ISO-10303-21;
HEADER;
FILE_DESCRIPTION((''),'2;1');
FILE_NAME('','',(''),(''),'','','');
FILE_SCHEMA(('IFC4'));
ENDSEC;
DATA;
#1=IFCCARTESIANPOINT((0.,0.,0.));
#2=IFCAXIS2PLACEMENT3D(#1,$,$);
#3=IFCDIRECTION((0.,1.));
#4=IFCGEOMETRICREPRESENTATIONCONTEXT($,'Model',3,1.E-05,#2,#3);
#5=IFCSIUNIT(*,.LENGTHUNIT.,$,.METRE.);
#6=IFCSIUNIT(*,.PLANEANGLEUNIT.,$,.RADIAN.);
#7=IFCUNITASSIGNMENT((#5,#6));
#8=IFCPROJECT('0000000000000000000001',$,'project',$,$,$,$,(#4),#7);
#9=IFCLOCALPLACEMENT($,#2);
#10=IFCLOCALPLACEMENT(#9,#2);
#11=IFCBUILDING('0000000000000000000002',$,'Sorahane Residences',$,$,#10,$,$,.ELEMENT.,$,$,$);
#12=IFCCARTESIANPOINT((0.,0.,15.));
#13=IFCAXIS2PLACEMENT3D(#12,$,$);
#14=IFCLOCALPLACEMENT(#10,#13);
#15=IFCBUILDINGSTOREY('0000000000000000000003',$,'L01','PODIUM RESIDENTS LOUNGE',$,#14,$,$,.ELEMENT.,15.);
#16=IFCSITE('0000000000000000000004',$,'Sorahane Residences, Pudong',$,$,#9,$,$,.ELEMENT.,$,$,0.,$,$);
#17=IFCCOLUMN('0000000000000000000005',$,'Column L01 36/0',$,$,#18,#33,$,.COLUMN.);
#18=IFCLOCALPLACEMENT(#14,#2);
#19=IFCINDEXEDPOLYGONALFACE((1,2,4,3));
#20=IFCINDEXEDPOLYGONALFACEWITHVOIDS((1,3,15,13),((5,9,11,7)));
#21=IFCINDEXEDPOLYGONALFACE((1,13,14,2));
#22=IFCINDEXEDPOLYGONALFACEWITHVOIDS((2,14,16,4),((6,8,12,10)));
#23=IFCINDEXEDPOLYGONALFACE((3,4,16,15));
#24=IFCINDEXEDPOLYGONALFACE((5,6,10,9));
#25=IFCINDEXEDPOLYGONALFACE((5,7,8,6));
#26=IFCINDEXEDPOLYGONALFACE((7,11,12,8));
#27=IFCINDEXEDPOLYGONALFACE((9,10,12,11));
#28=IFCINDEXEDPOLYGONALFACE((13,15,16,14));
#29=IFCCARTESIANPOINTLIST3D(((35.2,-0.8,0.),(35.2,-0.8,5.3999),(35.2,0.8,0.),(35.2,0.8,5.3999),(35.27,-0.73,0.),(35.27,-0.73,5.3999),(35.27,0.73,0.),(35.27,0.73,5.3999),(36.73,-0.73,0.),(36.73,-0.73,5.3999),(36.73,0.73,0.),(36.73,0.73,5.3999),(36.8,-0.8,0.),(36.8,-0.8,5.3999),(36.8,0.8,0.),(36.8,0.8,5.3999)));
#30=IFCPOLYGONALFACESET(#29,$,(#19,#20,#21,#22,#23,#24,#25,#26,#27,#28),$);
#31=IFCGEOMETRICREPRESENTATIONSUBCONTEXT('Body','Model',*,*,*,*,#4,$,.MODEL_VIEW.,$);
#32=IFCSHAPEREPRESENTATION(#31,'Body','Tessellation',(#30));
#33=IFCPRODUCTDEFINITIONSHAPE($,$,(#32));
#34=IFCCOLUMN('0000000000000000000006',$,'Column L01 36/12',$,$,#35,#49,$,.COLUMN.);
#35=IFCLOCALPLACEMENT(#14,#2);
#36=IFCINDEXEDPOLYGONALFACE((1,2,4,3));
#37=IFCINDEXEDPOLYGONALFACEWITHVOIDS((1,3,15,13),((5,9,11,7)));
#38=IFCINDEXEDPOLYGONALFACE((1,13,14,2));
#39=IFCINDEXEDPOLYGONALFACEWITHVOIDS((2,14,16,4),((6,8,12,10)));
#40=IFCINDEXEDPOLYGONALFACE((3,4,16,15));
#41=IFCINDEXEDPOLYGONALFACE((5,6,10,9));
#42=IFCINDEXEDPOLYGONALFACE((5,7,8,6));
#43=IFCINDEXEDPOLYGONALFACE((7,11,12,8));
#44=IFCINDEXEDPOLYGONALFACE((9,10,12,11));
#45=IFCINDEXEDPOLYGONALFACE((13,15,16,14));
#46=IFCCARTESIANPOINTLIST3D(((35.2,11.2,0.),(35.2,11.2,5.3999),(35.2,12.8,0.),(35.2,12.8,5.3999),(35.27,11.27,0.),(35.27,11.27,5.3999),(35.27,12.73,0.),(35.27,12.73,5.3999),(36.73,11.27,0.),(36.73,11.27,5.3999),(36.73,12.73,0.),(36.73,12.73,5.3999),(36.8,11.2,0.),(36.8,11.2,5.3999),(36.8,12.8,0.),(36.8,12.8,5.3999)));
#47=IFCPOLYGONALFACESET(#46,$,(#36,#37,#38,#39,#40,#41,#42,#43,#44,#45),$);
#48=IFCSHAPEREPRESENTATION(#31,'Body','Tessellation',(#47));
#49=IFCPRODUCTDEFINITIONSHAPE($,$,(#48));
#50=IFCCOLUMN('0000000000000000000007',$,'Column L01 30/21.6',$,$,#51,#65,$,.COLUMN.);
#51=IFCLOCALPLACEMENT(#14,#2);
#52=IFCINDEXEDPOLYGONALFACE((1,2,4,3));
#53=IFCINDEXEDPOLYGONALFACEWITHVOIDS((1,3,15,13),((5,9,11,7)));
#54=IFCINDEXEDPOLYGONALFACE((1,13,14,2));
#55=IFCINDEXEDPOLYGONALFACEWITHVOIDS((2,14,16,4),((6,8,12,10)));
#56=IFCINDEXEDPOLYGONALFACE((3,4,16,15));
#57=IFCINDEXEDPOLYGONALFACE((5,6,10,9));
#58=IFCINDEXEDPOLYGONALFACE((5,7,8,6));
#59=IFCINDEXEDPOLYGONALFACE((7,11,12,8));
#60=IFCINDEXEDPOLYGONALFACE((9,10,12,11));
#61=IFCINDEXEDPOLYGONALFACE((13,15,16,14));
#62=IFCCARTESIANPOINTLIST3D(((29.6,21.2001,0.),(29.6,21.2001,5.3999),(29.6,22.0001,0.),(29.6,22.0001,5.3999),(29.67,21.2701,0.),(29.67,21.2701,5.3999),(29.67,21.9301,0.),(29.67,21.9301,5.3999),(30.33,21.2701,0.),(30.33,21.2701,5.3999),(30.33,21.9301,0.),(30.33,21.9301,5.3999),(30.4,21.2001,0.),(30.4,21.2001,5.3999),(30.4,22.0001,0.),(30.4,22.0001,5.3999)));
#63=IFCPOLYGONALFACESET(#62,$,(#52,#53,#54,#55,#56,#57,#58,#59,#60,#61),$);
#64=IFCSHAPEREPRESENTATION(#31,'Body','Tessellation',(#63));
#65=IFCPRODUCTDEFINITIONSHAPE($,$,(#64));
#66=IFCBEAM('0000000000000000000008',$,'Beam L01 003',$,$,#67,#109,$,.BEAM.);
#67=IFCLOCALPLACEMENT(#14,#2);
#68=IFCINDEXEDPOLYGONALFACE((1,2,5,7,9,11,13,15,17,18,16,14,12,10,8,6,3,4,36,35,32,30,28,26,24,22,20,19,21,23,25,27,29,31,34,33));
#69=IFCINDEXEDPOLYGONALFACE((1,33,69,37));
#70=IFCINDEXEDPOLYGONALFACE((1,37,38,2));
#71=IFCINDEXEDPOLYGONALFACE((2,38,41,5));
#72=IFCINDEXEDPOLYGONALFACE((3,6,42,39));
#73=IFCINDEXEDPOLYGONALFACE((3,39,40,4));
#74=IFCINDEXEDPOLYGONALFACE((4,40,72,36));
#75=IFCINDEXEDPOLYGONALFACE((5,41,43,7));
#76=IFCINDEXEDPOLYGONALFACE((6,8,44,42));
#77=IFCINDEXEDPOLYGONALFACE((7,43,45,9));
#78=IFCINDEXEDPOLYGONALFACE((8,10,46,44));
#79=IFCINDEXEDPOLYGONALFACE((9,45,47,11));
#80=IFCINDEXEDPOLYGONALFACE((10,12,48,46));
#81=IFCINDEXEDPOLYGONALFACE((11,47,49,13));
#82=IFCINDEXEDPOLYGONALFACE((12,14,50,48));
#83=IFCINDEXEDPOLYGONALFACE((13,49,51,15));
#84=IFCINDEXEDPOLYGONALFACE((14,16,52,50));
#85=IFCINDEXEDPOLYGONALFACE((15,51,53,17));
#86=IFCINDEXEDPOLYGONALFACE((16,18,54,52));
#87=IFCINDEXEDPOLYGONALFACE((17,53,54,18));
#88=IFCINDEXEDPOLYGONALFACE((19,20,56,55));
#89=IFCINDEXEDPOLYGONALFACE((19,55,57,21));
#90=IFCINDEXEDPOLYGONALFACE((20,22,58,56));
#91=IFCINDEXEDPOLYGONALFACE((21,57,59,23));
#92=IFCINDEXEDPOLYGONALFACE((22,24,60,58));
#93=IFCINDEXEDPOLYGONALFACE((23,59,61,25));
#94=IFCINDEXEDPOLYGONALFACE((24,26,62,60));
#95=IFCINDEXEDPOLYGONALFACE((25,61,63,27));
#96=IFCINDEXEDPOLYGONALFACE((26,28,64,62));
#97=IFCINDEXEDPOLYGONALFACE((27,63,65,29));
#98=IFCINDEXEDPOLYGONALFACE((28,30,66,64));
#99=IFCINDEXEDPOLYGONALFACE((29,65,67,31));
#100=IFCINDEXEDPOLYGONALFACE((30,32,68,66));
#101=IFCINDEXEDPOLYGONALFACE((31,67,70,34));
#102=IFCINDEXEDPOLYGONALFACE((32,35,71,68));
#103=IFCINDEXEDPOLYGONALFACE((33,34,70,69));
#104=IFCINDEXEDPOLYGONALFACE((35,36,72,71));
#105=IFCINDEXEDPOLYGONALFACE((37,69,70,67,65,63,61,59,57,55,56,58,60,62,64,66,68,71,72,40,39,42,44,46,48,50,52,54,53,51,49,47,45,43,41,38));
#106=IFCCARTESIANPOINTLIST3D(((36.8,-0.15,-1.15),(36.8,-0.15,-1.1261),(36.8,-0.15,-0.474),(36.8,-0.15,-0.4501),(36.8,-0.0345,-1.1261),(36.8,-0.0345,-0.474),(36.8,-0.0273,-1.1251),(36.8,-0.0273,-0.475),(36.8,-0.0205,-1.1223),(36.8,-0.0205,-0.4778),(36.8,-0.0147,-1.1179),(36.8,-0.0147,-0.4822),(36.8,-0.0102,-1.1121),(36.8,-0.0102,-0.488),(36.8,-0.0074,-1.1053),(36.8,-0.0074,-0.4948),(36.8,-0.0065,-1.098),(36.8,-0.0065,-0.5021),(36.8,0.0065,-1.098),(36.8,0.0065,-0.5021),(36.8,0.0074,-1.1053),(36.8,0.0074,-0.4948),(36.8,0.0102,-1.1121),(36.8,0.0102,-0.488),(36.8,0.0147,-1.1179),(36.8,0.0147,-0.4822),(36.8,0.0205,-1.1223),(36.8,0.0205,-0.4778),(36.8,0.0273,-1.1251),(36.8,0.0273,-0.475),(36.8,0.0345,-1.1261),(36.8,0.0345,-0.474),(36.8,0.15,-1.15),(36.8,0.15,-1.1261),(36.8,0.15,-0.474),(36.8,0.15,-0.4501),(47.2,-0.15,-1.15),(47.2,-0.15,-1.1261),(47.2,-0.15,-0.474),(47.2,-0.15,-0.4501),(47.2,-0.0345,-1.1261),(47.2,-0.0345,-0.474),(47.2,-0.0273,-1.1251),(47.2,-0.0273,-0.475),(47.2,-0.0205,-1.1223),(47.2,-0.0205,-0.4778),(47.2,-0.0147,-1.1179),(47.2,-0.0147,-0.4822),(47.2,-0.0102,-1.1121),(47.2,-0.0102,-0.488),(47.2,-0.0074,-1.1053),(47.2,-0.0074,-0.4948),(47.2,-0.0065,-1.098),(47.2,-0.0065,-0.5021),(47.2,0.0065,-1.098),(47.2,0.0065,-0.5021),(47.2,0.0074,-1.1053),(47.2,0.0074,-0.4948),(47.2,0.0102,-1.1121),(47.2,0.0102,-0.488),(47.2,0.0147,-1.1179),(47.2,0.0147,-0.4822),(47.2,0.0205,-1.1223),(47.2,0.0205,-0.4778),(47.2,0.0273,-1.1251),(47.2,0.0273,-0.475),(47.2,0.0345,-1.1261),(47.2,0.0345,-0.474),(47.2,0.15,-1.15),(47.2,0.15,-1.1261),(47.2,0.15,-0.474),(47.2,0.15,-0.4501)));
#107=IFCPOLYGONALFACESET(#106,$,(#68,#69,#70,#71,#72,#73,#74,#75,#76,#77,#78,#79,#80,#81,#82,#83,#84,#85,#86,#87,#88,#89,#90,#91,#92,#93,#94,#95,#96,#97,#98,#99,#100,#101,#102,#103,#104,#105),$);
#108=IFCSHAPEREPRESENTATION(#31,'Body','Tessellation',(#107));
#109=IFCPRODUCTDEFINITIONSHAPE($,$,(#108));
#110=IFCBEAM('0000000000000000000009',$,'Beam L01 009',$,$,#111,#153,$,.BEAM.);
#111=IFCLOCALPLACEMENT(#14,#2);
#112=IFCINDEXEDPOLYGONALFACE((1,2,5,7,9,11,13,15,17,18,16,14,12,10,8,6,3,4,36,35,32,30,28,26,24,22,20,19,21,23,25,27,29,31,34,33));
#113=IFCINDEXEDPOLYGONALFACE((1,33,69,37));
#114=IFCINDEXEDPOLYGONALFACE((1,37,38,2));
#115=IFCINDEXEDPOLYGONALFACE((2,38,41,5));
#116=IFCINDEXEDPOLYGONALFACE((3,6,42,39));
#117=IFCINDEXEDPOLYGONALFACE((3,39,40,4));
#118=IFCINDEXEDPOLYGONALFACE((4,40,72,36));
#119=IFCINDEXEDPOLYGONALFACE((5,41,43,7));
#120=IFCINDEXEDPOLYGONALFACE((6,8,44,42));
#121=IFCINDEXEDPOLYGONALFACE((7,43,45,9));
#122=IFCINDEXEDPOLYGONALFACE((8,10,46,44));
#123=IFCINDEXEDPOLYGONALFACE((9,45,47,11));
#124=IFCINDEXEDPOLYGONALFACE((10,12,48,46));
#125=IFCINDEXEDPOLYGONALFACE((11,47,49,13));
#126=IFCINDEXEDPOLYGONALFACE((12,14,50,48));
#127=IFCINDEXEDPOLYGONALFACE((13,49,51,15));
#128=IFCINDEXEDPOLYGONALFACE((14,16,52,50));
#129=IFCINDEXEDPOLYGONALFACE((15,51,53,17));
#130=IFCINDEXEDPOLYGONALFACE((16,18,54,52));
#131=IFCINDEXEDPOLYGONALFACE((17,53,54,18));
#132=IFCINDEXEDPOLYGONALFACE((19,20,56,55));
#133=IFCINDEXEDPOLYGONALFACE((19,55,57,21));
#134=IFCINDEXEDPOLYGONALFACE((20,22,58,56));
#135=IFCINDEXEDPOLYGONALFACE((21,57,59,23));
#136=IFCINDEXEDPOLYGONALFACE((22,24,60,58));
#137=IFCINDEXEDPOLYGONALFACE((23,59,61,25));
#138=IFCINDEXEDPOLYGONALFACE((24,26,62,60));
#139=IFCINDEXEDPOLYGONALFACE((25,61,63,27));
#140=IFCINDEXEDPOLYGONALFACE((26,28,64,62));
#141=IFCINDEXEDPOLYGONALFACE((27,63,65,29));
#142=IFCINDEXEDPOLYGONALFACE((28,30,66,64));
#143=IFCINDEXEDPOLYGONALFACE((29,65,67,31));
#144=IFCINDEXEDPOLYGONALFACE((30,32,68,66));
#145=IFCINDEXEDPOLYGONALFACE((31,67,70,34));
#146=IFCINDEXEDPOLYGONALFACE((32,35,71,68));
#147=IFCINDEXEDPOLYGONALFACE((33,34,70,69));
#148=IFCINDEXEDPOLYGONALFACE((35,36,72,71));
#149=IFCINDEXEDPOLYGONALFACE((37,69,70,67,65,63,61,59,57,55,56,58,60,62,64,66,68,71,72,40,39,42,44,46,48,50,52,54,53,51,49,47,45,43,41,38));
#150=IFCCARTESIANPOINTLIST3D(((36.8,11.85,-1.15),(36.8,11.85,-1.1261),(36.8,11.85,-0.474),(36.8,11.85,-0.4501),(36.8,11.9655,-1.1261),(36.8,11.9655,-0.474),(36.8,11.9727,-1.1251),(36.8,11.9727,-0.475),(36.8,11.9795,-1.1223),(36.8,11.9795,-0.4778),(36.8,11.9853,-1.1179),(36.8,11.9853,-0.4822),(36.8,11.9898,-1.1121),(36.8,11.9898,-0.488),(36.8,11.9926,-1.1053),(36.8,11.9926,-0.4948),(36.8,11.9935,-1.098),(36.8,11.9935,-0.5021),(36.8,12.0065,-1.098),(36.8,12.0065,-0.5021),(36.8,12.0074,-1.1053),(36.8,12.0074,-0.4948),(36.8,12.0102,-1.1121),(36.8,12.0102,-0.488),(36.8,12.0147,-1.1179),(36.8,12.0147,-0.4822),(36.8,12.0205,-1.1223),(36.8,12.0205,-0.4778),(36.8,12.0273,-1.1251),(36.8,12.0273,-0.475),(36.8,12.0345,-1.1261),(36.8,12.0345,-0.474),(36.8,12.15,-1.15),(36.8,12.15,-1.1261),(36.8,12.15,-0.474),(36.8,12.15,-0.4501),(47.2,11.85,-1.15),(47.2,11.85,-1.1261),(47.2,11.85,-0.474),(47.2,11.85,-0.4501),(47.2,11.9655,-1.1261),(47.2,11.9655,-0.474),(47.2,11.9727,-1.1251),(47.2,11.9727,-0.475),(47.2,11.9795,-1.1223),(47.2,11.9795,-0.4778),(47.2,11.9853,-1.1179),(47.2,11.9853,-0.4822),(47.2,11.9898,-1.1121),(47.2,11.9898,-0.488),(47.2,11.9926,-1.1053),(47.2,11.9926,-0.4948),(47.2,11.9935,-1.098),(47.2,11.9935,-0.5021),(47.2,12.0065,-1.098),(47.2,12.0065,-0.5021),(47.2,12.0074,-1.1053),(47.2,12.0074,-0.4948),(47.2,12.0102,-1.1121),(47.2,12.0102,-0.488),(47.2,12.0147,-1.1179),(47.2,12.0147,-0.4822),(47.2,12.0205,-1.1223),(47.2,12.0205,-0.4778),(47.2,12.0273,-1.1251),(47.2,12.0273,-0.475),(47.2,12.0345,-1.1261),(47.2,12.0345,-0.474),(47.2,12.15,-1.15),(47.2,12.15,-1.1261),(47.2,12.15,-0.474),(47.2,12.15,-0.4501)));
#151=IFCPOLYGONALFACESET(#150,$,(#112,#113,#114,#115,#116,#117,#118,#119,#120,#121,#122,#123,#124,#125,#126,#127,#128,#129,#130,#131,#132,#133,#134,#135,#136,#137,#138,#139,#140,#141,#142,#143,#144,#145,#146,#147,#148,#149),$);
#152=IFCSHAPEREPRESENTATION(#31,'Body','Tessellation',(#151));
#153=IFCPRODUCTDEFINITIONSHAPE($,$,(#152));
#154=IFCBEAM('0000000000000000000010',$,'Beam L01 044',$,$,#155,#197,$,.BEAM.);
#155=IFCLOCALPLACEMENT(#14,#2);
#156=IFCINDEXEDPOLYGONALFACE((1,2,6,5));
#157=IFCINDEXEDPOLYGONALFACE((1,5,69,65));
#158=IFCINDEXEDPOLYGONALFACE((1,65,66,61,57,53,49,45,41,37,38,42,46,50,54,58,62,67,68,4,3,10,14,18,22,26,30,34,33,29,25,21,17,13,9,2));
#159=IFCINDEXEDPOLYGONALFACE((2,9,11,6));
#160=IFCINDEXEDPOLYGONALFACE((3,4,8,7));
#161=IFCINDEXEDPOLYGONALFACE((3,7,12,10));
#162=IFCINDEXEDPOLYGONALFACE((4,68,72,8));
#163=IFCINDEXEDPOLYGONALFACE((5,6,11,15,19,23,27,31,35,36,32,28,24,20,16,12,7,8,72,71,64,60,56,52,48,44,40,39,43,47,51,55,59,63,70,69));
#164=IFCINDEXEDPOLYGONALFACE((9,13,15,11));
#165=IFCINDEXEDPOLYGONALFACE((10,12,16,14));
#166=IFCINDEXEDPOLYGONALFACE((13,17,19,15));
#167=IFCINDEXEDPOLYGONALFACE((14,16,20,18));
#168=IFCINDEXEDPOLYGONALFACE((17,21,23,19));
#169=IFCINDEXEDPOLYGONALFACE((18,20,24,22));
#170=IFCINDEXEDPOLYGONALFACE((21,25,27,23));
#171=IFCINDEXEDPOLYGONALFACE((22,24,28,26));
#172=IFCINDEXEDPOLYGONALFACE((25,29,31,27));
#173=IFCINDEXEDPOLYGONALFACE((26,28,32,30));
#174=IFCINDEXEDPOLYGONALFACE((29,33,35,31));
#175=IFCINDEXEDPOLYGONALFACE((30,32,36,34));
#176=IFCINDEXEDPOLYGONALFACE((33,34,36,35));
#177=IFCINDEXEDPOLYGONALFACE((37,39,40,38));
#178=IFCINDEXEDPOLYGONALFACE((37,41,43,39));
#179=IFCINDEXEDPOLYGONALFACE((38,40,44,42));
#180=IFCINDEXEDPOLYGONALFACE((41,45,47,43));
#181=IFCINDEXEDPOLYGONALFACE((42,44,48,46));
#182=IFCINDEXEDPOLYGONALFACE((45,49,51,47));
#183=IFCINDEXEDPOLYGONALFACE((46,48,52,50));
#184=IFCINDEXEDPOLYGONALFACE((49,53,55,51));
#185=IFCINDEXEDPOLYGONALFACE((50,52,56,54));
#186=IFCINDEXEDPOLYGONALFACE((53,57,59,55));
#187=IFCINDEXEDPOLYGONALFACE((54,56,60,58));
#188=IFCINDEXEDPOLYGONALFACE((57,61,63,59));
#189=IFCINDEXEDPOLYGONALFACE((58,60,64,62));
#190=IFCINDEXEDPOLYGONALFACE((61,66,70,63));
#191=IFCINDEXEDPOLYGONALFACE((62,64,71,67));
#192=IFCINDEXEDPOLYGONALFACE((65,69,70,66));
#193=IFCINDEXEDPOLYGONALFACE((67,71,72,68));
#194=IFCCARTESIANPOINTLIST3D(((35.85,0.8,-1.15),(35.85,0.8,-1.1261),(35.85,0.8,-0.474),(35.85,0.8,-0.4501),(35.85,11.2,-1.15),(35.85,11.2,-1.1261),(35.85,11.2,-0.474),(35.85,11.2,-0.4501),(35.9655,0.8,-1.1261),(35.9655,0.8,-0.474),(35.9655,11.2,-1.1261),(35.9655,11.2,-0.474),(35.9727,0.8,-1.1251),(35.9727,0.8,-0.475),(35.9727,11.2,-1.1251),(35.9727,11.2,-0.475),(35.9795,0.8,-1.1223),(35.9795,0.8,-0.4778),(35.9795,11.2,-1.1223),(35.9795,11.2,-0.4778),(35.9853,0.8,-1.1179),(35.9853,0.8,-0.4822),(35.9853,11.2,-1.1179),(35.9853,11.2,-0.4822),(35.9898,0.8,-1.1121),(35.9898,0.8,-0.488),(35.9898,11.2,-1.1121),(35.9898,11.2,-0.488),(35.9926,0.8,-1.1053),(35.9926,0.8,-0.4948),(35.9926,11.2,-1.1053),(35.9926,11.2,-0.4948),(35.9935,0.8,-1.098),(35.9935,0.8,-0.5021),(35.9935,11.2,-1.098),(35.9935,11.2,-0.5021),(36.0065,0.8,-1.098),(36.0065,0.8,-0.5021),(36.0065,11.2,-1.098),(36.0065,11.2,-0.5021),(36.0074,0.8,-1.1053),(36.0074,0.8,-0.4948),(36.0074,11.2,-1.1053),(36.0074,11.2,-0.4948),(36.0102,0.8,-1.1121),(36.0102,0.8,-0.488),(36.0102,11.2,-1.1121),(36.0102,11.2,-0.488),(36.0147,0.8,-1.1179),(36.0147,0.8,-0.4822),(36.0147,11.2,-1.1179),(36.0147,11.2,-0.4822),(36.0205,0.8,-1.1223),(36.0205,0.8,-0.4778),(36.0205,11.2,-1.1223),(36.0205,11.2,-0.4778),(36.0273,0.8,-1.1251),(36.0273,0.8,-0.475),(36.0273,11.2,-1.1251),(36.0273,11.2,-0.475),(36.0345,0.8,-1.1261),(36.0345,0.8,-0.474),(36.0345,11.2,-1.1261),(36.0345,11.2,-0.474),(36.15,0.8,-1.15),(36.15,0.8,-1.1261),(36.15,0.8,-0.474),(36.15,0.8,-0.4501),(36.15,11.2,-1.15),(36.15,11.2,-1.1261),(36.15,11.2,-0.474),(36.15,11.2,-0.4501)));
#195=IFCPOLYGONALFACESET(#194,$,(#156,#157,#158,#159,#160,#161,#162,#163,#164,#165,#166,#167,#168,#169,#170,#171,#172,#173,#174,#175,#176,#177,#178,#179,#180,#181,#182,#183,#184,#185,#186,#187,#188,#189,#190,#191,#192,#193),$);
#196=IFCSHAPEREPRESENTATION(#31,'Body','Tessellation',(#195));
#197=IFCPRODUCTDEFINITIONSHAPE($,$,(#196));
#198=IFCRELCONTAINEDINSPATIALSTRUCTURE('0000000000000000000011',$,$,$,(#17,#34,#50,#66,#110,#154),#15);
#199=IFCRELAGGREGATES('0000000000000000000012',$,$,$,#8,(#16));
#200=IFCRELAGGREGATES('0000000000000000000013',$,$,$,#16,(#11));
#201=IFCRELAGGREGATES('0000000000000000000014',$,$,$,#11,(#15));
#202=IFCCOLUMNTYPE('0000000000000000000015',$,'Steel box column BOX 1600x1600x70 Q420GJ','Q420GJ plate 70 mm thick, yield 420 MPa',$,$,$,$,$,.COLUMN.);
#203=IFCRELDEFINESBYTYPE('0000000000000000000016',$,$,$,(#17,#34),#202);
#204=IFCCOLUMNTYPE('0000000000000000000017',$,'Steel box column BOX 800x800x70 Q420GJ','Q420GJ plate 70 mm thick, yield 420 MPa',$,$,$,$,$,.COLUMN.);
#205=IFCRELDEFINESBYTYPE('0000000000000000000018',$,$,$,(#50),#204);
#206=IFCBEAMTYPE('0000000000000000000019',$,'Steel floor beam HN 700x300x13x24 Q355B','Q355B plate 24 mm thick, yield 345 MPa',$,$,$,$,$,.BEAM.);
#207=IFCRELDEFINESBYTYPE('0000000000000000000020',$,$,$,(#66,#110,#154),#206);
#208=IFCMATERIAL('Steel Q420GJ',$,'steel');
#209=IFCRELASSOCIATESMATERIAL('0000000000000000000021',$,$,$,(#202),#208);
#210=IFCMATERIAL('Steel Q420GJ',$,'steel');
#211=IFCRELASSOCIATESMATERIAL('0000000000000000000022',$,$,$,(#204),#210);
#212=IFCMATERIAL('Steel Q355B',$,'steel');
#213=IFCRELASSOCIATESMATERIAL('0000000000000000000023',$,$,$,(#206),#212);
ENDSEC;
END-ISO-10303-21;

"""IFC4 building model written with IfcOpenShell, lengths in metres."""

from ifc_helpers import new_model, si_unit, direction, frame, origin, origin_2d, place, context, subcontext, project, spatial, hollow_rectangle, i_section, extrude, material, material_profile, profile_set, type_object, element, save


model = new_model("IFC4")

# Units and contexts
model_context = context("Model", 3, precision=1e-05, world=origin(), true_north=direction((0.0, 1.0)))
body_context = subcontext(model_context, "Body", "Model", "MODEL_VIEW")
ifc_project = project(units=[si_unit("LENGTHUNIT", "METRE"), si_unit("PLANEANGLEUNIT", "RADIAN")], contexts=[model_context])

# Site, building, storey
site_placement = place(None, origin())
site = spatial("IfcSite", under=ifc_project, at=site_placement, Name="Sorahane Residences, Pudong", CompositionType="ELEMENT", RefElevation=0.0)
building_placement = place(site_placement, origin())
building = spatial("IfcBuilding", under=site, at=building_placement, Name="Sorahane Residences", CompositionType="ELEMENT")
storey_placement = place(building_placement, frame((0.0, 0.0, 15.0)))
storey = spatial("IfcBuildingStorey", under=building, at=storey_placement, Name="L01", Description="PODIUM RESIDENTS LOUNGE", CompositionType="ELEMENT", Elevation=15.0)

# Columns
ifc_material_1 = material(Name="Steel Q420GJ", Category="steel")
ifc_material_profile_1 = material_profile(ifc_material_1, hollow_rectangle(XDim=1.6001, YDim=1.6001, WallThickness=0.0701, at=origin_2d()), Name="BOX 1600x1600x70")
ifc_profile_set_1 = profile_set([ifc_material_profile_1], Name="Steel Q420GJ")
column_type_1 = type_object("IfcColumnType", Name="Steel box column BOX 1600x1600x70 Q420GJ", Description="Q420GJ plate 70 mm thick, yield 420 MPa", PredefinedType="COLUMN", material=ifc_profile_set_1)
for number, where, z_axis, x_axis, name in (
    (1, (36.0, 0.0, 0.0), (0.0, 0.0, 1.0), (1.0, 0.0, 0.0), "Column L01 36/0"),
    (2, (36.0, 12.0, 0.0), (0.0, 0.0, 1.0), (1.0, 0.0, 0.0), "Column L01 36/12"),
):
    element("IfcColumn", number, at=place(storey_placement, frame(where, z_axis=z_axis, x_axis=x_axis)), inside=storey, type_object=column_type_1, Name=name, PredefinedType="COLUMN", context=body_context, shape_type="SweptSolid", body=[
        extrude(hollow_rectangle(XDim=1.6001, YDim=1.6001, WallThickness=0.0701, at=origin_2d()), origin(), (0.0, 0.0, 1.0), 5.3999),
    ])
ifc_material_2 = material(Name="Steel Q420GJ", Category="steel")
ifc_material_profile_2 = material_profile(ifc_material_2, hollow_rectangle(XDim=0.8, YDim=0.8, WallThickness=0.0701, at=origin_2d()), Name="BOX 800x800x70")
ifc_profile_set_2 = profile_set([ifc_material_profile_2], Name="Steel Q420GJ")
column_type_2 = type_object("IfcColumnType", Name="Steel box column BOX 800x800x70 Q420GJ", Description="Q420GJ plate 70 mm thick, yield 420 MPa", PredefinedType="COLUMN", material=ifc_profile_set_2)
column_placement = place(storey_placement, frame((30.0, 21.6001, 0.0), z_axis=(0.0, 0.0, 1.0), x_axis=(1.0, 0.0, 0.0)))
element("IfcColumn", 3, at=column_placement, inside=storey, type_object=column_type_2, Name="Column L01 30/21.6", PredefinedType="COLUMN", context=body_context, shape_type="SweptSolid", body=[
    extrude(hollow_rectangle(XDim=0.8, YDim=0.8, WallThickness=0.0701, at=origin_2d()), origin(), (0.0, 0.0, 1.0), 5.3999),
])

# Beams
ifc_material_3 = material(Name="Steel Q355B", Category="steel")
ifc_material_profile_3 = material_profile(ifc_material_3, i_section(OverallWidth=0.3, OverallDepth=0.7, WebThickness=0.0129, FlangeThickness=0.0239, FilletRadius=0.0281, at=origin_2d()), Name="HN 700x300x13x24")
ifc_profile_set_3 = profile_set([ifc_material_profile_3], Name="Steel Q355B")
beam_type = type_object("IfcBeamType", Name="Steel floor beam HN 700x300x13x24 Q355B", Description="Q355B plate 24 mm thick, yield 345 MPa", PredefinedType="BEAM", material=ifc_profile_set_3)
for number, where, z_axis, x_axis, name in (
    (4, (36.8, 0.0, -0.8), (1.0, 0.0, 0.0), (0.0, 1.0, 0.0), "Beam L01 003"),
    (5, (36.8, 12.0, -0.8), (1.0, 0.0, 0.0), (0.0, 1.0, 0.0), "Beam L01 009"),
    (6, (36.0, 0.8, -0.8), (0.0, 1.0, 0.0), (-1.0, 0.0, 0.0), "Beam L01 044"),
):
    element("IfcBeam", number, at=place(storey_placement, frame(where, z_axis=z_axis, x_axis=x_axis)), inside=storey, type_object=beam_type, Name=name, PredefinedType="BEAM", context=body_context, shape_type="SweptSolid", body=[
        extrude(i_section(OverallWidth=0.3, OverallDepth=0.7, WebThickness=0.0129, FlangeThickness=0.0239, FilletRadius=0.0281, at=origin_2d()), origin(), (0.0, 0.0, 1.0), 10.3999),
    ])

save(model, "model.ifc")
